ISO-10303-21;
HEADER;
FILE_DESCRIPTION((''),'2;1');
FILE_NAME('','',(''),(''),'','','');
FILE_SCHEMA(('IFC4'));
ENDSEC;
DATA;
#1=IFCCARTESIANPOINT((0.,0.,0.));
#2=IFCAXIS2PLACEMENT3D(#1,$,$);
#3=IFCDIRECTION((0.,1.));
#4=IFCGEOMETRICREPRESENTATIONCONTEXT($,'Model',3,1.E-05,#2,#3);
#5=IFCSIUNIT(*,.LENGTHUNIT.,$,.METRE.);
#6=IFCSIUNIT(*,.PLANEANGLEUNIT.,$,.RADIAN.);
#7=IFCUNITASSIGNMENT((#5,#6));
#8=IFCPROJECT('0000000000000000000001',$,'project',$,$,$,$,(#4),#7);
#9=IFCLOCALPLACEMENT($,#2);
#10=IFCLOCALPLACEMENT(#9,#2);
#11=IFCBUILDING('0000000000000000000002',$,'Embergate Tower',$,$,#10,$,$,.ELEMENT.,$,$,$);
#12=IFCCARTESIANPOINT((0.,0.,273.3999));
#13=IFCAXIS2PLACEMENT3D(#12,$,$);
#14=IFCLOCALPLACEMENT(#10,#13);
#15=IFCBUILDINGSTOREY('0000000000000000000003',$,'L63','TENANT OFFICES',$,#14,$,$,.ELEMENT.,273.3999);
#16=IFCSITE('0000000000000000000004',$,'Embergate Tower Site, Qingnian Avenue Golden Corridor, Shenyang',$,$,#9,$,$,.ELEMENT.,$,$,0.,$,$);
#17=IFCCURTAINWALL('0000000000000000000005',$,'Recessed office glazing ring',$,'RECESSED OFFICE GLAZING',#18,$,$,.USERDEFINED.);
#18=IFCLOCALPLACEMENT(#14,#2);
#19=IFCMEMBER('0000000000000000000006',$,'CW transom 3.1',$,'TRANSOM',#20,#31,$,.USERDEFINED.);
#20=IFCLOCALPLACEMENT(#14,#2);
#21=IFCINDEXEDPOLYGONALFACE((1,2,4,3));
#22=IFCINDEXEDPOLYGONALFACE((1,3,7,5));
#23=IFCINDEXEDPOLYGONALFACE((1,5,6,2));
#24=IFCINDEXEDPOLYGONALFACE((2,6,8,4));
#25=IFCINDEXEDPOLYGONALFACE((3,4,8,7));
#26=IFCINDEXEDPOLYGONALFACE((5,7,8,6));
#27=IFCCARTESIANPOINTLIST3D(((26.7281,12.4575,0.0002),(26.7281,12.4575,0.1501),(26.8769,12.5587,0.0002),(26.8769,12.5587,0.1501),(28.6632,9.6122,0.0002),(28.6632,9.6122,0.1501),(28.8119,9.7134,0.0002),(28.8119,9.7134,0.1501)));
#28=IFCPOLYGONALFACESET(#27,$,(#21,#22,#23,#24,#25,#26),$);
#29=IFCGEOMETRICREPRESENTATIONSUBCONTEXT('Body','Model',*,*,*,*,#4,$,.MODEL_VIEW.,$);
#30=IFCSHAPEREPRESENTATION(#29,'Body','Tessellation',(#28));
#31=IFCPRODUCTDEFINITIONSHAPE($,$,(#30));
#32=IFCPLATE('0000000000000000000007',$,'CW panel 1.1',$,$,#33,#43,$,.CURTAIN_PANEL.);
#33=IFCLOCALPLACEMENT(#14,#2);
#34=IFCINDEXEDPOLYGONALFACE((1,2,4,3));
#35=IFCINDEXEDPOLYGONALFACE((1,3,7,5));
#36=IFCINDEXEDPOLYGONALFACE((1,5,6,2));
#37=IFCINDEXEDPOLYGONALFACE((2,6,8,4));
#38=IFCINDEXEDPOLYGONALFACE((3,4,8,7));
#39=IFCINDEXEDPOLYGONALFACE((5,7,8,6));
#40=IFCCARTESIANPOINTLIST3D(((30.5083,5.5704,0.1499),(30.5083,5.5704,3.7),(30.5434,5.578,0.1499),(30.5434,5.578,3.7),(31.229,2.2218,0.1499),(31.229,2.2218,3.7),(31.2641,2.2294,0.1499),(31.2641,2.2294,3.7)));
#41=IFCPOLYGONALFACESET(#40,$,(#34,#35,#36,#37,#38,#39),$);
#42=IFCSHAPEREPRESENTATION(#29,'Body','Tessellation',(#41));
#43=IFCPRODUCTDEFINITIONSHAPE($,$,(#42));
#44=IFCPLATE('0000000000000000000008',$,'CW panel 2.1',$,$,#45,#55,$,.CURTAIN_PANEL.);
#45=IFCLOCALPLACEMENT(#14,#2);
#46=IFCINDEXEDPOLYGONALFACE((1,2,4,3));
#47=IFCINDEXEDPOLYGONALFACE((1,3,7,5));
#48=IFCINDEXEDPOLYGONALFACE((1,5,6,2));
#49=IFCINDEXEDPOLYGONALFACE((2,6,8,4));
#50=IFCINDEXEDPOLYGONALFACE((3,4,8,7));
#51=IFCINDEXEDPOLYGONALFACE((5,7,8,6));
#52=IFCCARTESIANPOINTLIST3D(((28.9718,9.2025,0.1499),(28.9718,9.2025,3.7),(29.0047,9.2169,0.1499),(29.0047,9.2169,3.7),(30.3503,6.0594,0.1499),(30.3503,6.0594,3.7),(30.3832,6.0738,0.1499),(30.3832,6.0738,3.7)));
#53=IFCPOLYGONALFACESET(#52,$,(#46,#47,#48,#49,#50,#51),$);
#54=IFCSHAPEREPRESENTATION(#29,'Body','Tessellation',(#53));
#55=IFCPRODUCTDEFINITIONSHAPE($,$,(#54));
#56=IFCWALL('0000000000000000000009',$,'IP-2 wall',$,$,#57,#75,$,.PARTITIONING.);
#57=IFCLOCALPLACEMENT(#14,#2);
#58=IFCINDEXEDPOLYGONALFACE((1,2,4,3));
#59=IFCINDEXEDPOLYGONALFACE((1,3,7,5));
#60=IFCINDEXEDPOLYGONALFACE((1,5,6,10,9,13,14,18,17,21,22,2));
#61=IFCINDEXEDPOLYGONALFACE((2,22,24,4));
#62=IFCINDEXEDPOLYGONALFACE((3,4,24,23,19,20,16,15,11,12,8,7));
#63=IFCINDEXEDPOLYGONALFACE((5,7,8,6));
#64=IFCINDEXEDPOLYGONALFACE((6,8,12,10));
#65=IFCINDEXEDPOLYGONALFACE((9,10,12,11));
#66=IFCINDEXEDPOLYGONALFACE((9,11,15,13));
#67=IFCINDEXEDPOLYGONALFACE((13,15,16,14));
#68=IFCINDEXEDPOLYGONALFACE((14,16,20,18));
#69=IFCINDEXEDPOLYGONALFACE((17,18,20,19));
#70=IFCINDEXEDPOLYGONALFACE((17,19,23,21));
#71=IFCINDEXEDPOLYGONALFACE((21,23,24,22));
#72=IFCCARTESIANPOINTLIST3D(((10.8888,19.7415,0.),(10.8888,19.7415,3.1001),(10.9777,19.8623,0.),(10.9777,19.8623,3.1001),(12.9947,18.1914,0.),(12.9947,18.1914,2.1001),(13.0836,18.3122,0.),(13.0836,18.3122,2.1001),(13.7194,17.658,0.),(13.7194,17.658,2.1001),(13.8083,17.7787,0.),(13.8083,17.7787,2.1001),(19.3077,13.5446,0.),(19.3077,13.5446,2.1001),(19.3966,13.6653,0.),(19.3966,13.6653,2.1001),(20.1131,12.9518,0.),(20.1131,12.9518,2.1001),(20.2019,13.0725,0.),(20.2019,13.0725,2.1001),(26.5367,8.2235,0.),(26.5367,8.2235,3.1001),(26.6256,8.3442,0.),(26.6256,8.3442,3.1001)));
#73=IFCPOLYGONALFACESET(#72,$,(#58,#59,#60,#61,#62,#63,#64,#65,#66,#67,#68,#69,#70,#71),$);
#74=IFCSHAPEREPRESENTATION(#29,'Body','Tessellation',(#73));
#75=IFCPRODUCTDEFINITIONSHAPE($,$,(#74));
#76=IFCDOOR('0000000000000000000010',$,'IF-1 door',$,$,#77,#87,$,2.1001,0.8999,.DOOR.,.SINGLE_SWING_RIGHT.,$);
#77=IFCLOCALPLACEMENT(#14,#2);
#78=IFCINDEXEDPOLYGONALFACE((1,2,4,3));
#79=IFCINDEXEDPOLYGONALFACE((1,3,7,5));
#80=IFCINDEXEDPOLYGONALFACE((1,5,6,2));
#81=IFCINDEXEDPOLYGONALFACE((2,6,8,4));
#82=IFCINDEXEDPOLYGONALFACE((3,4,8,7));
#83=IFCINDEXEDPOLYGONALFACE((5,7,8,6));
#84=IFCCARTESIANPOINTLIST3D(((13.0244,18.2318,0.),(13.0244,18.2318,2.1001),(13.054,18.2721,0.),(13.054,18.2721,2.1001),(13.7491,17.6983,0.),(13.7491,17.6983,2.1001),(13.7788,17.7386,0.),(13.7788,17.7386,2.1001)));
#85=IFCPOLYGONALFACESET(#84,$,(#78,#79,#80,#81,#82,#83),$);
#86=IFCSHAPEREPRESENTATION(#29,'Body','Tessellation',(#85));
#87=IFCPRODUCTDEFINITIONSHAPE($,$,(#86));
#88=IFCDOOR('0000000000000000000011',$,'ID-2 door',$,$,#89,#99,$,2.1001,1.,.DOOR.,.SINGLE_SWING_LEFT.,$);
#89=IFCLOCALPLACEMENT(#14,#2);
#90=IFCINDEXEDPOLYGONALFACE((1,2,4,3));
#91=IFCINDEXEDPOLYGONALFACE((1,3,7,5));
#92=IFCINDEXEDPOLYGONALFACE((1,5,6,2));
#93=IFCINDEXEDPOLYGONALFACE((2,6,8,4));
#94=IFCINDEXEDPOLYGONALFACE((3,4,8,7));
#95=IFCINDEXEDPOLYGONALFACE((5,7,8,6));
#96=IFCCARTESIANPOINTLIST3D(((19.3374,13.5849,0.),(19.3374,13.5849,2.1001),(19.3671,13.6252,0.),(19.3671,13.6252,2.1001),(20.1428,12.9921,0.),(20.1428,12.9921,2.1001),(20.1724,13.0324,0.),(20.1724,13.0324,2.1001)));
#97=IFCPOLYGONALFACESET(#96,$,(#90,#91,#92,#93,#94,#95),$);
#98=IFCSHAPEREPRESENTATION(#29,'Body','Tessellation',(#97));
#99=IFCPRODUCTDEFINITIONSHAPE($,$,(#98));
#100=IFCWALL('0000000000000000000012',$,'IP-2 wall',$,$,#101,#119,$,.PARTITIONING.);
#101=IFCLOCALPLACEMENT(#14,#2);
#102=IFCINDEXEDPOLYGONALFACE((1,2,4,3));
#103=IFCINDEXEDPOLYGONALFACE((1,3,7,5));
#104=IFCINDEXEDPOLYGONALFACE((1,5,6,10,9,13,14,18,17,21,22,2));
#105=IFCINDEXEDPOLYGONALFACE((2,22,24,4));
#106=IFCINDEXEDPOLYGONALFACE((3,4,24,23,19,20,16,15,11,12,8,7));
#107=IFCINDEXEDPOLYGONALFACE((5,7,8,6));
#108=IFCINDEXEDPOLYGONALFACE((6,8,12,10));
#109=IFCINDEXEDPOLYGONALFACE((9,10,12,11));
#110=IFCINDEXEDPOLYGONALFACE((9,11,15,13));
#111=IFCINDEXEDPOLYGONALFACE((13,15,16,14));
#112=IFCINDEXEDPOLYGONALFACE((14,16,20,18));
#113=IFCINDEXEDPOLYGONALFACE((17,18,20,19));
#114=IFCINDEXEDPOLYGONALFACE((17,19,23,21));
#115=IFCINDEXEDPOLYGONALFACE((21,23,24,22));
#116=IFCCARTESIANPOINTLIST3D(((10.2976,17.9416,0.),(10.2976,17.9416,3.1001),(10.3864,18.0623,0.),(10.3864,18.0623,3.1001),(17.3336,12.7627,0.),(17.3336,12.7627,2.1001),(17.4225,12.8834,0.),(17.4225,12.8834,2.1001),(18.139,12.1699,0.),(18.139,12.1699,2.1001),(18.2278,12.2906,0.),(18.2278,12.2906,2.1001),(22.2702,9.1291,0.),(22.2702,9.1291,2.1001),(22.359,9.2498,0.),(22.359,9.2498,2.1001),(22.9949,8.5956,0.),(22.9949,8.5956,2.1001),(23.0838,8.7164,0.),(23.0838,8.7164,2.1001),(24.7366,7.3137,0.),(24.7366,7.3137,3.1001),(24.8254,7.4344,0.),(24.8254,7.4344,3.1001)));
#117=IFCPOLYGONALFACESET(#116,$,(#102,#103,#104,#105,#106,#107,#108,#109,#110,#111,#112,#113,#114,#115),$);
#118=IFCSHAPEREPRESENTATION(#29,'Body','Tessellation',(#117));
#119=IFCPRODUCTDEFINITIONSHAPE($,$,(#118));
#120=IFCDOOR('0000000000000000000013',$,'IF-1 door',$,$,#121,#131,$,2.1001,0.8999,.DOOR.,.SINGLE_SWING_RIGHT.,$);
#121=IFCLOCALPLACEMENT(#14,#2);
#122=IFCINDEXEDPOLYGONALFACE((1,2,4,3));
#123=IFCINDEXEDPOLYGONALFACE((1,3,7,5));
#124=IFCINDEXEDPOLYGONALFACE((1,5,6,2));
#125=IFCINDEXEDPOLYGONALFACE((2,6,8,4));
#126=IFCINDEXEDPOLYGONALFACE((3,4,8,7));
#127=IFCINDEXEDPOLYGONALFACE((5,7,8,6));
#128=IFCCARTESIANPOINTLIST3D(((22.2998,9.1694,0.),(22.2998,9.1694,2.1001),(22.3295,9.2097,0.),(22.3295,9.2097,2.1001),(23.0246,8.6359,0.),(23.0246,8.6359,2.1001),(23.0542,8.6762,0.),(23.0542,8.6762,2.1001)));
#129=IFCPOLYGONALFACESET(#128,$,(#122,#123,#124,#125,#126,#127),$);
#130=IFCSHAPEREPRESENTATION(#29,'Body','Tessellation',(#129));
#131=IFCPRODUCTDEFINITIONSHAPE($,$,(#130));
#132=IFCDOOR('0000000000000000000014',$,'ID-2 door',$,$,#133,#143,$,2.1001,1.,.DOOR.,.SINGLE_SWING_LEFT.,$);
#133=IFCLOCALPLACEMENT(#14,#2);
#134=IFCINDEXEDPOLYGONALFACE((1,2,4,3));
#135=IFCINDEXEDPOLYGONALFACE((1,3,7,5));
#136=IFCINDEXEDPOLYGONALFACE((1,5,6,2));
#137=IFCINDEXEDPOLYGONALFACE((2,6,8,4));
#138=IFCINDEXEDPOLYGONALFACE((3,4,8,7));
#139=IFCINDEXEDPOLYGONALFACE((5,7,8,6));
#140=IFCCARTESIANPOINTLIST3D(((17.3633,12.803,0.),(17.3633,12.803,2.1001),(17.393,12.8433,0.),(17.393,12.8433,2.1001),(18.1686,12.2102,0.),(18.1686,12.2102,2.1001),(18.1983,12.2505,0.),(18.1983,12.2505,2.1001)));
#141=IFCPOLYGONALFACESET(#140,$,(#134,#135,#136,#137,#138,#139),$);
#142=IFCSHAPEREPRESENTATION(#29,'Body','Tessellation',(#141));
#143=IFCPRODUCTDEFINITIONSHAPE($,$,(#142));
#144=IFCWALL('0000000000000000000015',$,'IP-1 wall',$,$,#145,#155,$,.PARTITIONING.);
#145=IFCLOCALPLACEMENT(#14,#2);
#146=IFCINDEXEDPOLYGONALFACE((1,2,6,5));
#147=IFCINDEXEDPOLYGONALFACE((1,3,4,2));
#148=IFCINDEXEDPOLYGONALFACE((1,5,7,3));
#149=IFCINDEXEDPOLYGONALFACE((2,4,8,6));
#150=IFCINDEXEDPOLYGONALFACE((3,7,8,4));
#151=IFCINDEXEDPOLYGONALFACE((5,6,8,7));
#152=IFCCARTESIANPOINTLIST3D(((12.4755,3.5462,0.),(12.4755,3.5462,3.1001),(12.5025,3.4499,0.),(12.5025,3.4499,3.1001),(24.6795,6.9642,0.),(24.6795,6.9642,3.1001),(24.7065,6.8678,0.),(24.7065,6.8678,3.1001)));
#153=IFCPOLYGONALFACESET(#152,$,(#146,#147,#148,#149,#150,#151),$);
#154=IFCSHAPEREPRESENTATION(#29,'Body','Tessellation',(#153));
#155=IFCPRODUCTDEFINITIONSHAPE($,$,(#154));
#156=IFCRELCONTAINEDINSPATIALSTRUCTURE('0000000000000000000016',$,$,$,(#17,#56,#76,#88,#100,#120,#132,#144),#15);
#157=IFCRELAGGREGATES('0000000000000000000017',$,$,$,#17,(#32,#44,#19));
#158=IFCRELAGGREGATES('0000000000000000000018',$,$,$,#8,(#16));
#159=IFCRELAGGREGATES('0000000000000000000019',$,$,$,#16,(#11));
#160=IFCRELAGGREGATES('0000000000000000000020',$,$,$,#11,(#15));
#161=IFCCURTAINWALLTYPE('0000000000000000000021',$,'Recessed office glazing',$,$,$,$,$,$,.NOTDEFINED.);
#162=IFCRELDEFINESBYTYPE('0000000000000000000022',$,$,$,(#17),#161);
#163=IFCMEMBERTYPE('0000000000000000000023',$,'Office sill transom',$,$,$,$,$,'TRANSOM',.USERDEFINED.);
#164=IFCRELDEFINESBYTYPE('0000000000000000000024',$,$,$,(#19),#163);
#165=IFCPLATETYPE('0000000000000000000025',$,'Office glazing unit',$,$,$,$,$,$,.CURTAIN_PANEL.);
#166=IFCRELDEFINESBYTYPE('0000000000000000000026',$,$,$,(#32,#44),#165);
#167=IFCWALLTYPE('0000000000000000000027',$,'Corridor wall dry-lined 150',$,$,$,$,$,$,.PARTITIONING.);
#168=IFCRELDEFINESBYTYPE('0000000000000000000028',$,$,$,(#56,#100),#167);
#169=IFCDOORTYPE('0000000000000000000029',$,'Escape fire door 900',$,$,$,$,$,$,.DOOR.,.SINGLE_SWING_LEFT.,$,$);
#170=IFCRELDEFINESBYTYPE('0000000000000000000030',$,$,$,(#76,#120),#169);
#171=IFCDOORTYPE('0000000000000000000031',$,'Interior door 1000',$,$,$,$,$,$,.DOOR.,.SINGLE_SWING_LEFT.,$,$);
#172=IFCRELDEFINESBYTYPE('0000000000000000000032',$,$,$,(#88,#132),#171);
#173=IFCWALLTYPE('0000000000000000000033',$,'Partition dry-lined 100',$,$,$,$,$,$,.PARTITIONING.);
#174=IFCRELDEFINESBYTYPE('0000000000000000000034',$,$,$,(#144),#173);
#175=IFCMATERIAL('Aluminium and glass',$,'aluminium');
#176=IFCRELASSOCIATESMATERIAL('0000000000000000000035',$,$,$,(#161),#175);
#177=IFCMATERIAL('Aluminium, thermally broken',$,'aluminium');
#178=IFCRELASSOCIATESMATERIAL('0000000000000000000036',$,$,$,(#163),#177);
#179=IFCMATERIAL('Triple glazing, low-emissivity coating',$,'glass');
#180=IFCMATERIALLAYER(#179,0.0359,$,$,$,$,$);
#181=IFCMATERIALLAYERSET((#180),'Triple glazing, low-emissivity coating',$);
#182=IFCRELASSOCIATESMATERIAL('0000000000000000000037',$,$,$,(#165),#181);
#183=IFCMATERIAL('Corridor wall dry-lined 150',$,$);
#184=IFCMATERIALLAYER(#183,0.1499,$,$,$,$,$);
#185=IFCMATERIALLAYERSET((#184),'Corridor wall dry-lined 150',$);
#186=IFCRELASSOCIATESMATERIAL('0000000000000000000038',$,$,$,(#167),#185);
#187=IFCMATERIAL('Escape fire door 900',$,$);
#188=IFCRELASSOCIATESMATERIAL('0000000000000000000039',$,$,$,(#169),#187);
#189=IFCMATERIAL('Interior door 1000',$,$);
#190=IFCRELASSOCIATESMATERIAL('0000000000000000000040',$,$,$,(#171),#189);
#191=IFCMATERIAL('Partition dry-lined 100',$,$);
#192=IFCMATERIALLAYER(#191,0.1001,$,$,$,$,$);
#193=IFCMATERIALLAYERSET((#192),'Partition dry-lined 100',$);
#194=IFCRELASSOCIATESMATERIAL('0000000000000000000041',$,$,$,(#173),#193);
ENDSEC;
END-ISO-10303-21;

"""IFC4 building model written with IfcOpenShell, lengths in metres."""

from ifc_helpers import new_model, si_unit, direction, frame, frame_2d, origin, origin_2d, place, context, subcontext, project, spatial, rectangle, extrude, source, transform, mapped, material, layer, layer_set, material_profile, profile_set, type_object, element, fill, aggregate, save


model = new_model("IFC4")

# Units and contexts
model_context = context("Model", 3, precision=1e-05, world=origin(), true_north=direction((0.0, 1.0)))
body_context = subcontext(model_context, "Body", "Model", "MODEL_VIEW")
ifc_project = project(units=[si_unit("LENGTHUNIT", "METRE"), si_unit("PLANEANGLEUNIT", "RADIAN")], contexts=[model_context])

# Site, building, storey
site_placement = place(None, origin())
site = spatial("IfcSite", under=ifc_project, at=site_placement, Name="Embergate Tower Site, Qingnian Avenue Golden Corridor, Shenyang", CompositionType="ELEMENT", RefElevation=0.0)
building_placement = place(site_placement, origin())
building = spatial("IfcBuilding", under=site, at=building_placement, Name="Embergate Tower", CompositionType="ELEMENT")
storey_placement = place(building_placement, frame((0.0, 0.0, 273.3999)))
storey = spatial("IfcBuildingStorey", under=building, at=storey_placement, Name="L63", Description="TENANT OFFICES", CompositionType="ELEMENT", Elevation=273.3999)

# Curtain wall, member, plates
ifc_material_1 = material(Name="Aluminium and glass", Category="aluminium")
curtain_wall_type = type_object("IfcCurtainWallType", Name="Recessed office glazing", PredefinedType="NOTDEFINED", material=ifc_material_1)
curtain_wall_placement = place(storey_placement, origin())
curtain_wall = element("IfcCurtainWall", 1, at=curtain_wall_placement, inside=storey, type_object=curtain_wall_type, Name="Recessed office glazing ring", ObjectType="RECESSED OFFICE GLAZING", PredefinedType="USERDEFINED")
ifc_material_2 = material(Name="Aluminium, thermally broken", Category="aluminium")
ifc_material_profile_1 = material_profile(ifc_material_2, rectangle(XDim=0.1799, YDim=0.1499, at=origin_2d()), Name="AL 150x180")
ifc_profile_set_1 = profile_set([ifc_material_profile_1], Name="Aluminium, thermally broken")
member_type_1 = type_object("IfcMemberType", Name="Office sill transom", ElementType="TRANSOM", PredefinedType="USERDEFINED", material=ifc_profile_set_1)
shared_shape_1 = source(origin(), body_context, "Body", "SweptSolid", [
    extrude(rectangle(XDim=0.1799, YDim=0.1499, at=origin_2d()), origin(), (0.0, 0.0, 1.0), 3.4409),
])
member_1_placement = place(storey_placement, frame((28.7375, 9.6628, 0.0752), z_axis=(-0.562372, 0.826884, 0.0), x_axis=(-0.826884, -0.562372, 0.0)))
member_1 = element("IfcMember", 2, at=member_1_placement, type_object=member_type_1, Name="CW transom 3.1", ObjectType="TRANSOM", PredefinedType="USERDEFINED", context=body_context, shape_type="MappedRepresentation", body=[
    mapped(shared_shape_1, transform((0.0, 0.0, 0.0))),
])
ifc_material_3 = material(Name="Triple glazing, low-emissivity coating", Category="glass")
ifc_layer_1 = layer(ifc_material_3, 0.0359)
ifc_layer_set_1 = layer_set([ifc_layer_1], Name="Triple glazing, low-emissivity coating")
plate_type = type_object("IfcPlateType", Name="Office glazing unit", PredefinedType="CURTAIN_PANEL", material=ifc_layer_set_1)
shared_shape_2 = source(origin(), body_context, "Body", "SweptSolid", [
    extrude(rectangle(XDim=3.4253, YDim=0.0359, at=origin_2d()), origin(), (0.0, 0.0, 1.0), 3.55),
])
plate_1_placement = place(storey_placement, frame((30.8862, 3.8999, 0.1499), z_axis=(0.0, 0.0, 1.0), x_axis=(-0.210402, 0.977615, 0.0)))
plate_1 = element("IfcPlate", 3, at=plate_1_placement, type_object=plate_type, Name="CW panel 1.1", PredefinedType="CURTAIN_PANEL", context=body_context, shape_type="MappedRepresentation", body=[
    mapped(shared_shape_2, transform((0.0, 0.0, 0.0))),
])
shared_shape_3 = source(origin(), body_context, "Body", "SweptSolid", [
    extrude(rectangle(XDim=3.4321, YDim=0.0359, at=origin_2d()), origin(), (0.0, 0.0, 1.0), 3.55),
])
plate_2_placement = place(storey_placement, frame((29.6775, 7.6382, 0.1499), z_axis=(0.0, 0.0, 1.0), x_axis=(-0.401658, 0.91579, 0.0)))
plate_2 = element("IfcPlate", 4, at=plate_2_placement, type_object=plate_type, Name="CW panel 2.1", PredefinedType="CURTAIN_PANEL", context=body_context, shape_type="MappedRepresentation", body=[
    mapped(shared_shape_3, transform((0.0, 0.0, 0.0))),
])
aggregate(curtain_wall, [plate_1, plate_2, member_1])

# Walls, openings, doors
ifc_material_4 = material(Name="Corridor wall dry-lined 150")
ifc_layer_2 = layer(ifc_material_4, 0.1499)
ifc_layer_set_2 = layer_set([ifc_layer_2], Name="Corridor wall dry-lined 150")
wall_type_1 = type_object("IfcWallType", Name="Corridor wall dry-lined 150", PredefinedType="PARTITIONING", material=ifc_layer_set_2)
shared_shape_4 = source(origin(), body_context, "Body", "SweptSolid", [
    extrude(rectangle(XDim=19.4299, YDim=0.1499, at=frame_2d((9.7148, 0.0))), origin(), (0.0, 0.0, 1.0), 3.1001),
])
wall_1_placement = place(storey_placement, frame((26.5811, 8.2839, 0.0), z_axis=(0.0, 0.0, 1.0), x_axis=(-0.805351, 0.592799, 0.0)))
wall_1 = element("IfcWall", 5, at=wall_1_placement, inside=storey, type_object=wall_type_1, Name="IP-2 wall", PredefinedType="PARTITIONING", context=body_context, shape_type="MappedRepresentation", body=[
    mapped(shared_shape_4, transform((0.0, 0.0, 0.0))),
])
shared_shape_5 = source(origin(), body_context, "Body", "SweptSolid", [
    extrude(rectangle(XDim=1.0, YDim=2.1001, at=frame_2d((0.5, 1.05))), frame((0.0, 0.085, 0.0), z_axis=(0.0, -1.0, 0.0), x_axis=(1.0, 0.0, 0.0)), (0.0, 0.0, 1.0), 0.1699),
])
opening_1_placement = place(wall_1_placement, frame((7.9761, 0.0, 0.0)))
opening_1 = element("IfcOpeningElement", 6, at=opening_1_placement, cuts=wall_1, PredefinedType="OPENING", context=body_context, shape_type="MappedRepresentation", body=[
    mapped(shared_shape_5, transform((0.0, 0.0, 0.0))),
])
shared_shape_6 = source(origin(), body_context, "Body", "SweptSolid", [
    extrude(rectangle(XDim=0.8999, YDim=2.1001, at=frame_2d((0.45, 1.05))), frame((0.0, 0.085, 0.0), z_axis=(0.0, -1.0, 0.0), x_axis=(1.0, 0.0, 0.0)), (0.0, 0.0, 1.0), 0.1699),
])
opening_2_placement = place(wall_1_placement, frame((15.915, 0.0, 0.0)))
opening_2 = element("IfcOpeningElement", 7, at=opening_2_placement, cuts=wall_1, PredefinedType="OPENING", context=body_context, shape_type="MappedRepresentation", body=[
    mapped(shared_shape_6, transform((0.0, 0.0, 0.0))),
])
ifc_material_5 = material(Name="Escape fire door 900")
door_type_1 = type_object("IfcDoorType", Name="Escape fire door 900", OperationType="SINGLE_SWING_LEFT", PredefinedType="DOOR", material=ifc_material_5)
shared_shape_7 = source(origin(), body_context, "Body", "SweptSolid", [
    extrude(rectangle(XDim=0.8999, YDim=2.1001, at=frame_2d((0.45, 1.05))), frame((0.0, 0.0249, 0.0), z_axis=(0.0, -1.0, 0.0), x_axis=(1.0, 0.0, 0.0)), (0.0, 0.0, 1.0), 0.05),
])
door_1_placement = place(opening_2_placement, origin())
door_1 = element("IfcDoor", 8, at=door_1_placement, inside=storey, type_object=door_type_1, Name="IF-1 door", OperationType="SINGLE_SWING_RIGHT", OverallHeight=2.1001, OverallWidth=0.8999, PredefinedType="DOOR", context=body_context, shape_type="MappedRepresentation", body=[
    mapped(shared_shape_7, transform((0.0, 0.0, 0.0))),
])
fill(opening_2, door_1)
ifc_material_6 = material(Name="Interior door 1000")
door_type_2 = type_object("IfcDoorType", Name="Interior door 1000", OperationType="SINGLE_SWING_LEFT", PredefinedType="DOOR", material=ifc_material_6)
shared_shape_8 = source(origin(), body_context, "Body", "SweptSolid", [
    extrude(rectangle(XDim=1.0, YDim=2.1001, at=frame_2d((0.5, 1.05))), frame((0.0, 0.0249, 0.0), z_axis=(0.0, -1.0, 0.0), x_axis=(1.0, 0.0, 0.0)), (0.0, 0.0, 1.0), 0.05),
])
door_2_placement = place(opening_1_placement, origin())
door_2 = element("IfcDoor", 9, at=door_2_placement, inside=storey, type_object=door_type_2, Name="ID-2 door", OperationType="SINGLE_SWING_LEFT", OverallHeight=2.1001, OverallWidth=1.0, PredefinedType="DOOR", context=body_context, shape_type="MappedRepresentation", body=[
    mapped(shared_shape_8, transform((0.0, 0.0, 0.0))),
])
fill(opening_1, door_2)
shared_shape_9 = source(origin(), body_context, "Body", "SweptSolid", [
    extrude(rectangle(XDim=17.9287, YDim=0.1499, at=frame_2d((8.9644, 0.0))), origin(), (0.0, 0.0, 1.0), 3.1001),
])
wall_2_placement = place(storey_placement, frame((24.781, 7.374, 0.0), z_axis=(0.0, 0.0, 1.0), x_axis=(-0.805357, 0.59279, 0.0)))
wall_2 = element("IfcWall", 10, at=wall_2_placement, inside=storey, type_object=wall_type_1, Name="IP-2 wall", PredefinedType="PARTITIONING", context=body_context, shape_type="MappedRepresentation", body=[
    mapped(shared_shape_9, transform((0.0, 0.0, 0.0))),
])
opening_3_placement = place(wall_2_placement, frame((2.1626, 0.0, 0.0)))
opening_3 = element("IfcOpeningElement", 11, at=opening_3_placement, cuts=wall_2, PredefinedType="OPENING", context=body_context, shape_type="MappedRepresentation", body=[
    mapped(shared_shape_6, transform((0.0, 0.0, 0.0))),
])
opening_4_placement = place(wall_2_placement, frame((8.1921, 0.0, 0.0)))
opening_4 = element("IfcOpeningElement", 12, at=opening_4_placement, cuts=wall_2, PredefinedType="OPENING", context=body_context, shape_type="MappedRepresentation", body=[
    mapped(shared_shape_5, transform((0.0, 0.0, 0.0))),
])
door_3_placement = place(opening_3_placement, origin())
door_3 = element("IfcDoor", 13, at=door_3_placement, inside=storey, type_object=door_type_1, Name="IF-1 door", OperationType="SINGLE_SWING_RIGHT", OverallHeight=2.1001, OverallWidth=0.8999, PredefinedType="DOOR", context=body_context, shape_type="MappedRepresentation", body=[
    mapped(shared_shape_7, transform((0.0, 0.0, 0.0))),
])
fill(opening_3, door_3)
door_4_placement = place(opening_4_placement, origin())
door_4 = element("IfcDoor", 14, at=door_4_placement, inside=storey, type_object=door_type_2, Name="ID-2 door", OperationType="SINGLE_SWING_LEFT", OverallHeight=2.1001, OverallWidth=1.0, PredefinedType="DOOR", context=body_context, shape_type="MappedRepresentation", body=[
    mapped(shared_shape_8, transform((0.0, 0.0, 0.0))),
])
fill(opening_4, door_4)

# Wall
ifc_material_7 = material(Name="Partition dry-lined 100")
ifc_layer_3 = layer(ifc_material_7, 0.1001)
ifc_layer_set_3 = layer_set([ifc_layer_3], Name="Partition dry-lined 100")
wall_type_2 = type_object("IfcWallType", Name="Partition dry-lined 100", PredefinedType="PARTITIONING", material=ifc_layer_set_3)
shared_shape_10 = source(origin(), body_context, "Body", "SweptSolid", [
    extrude(rectangle(XDim=12.6736, YDim=0.1001, at=frame_2d((6.3369, 0.0))), origin(), (0.0, 0.0, 1.0), 3.1001),
])
wall_3_placement = place(storey_placement, frame((24.6931, 6.916, 0.0), z_axis=(0.0, 0.0, 1.0), x_axis=(-0.962947, -0.26969, 0.0)))
element("IfcWall", 15, at=wall_3_placement, inside=storey, type_object=wall_type_2, Name="IP-1 wall", PredefinedType="PARTITIONING", context=body_context, shape_type="MappedRepresentation", body=[
    mapped(shared_shape_10, transform((0.0, 0.0, 0.0))),
])

save(model, "model.ifc")
